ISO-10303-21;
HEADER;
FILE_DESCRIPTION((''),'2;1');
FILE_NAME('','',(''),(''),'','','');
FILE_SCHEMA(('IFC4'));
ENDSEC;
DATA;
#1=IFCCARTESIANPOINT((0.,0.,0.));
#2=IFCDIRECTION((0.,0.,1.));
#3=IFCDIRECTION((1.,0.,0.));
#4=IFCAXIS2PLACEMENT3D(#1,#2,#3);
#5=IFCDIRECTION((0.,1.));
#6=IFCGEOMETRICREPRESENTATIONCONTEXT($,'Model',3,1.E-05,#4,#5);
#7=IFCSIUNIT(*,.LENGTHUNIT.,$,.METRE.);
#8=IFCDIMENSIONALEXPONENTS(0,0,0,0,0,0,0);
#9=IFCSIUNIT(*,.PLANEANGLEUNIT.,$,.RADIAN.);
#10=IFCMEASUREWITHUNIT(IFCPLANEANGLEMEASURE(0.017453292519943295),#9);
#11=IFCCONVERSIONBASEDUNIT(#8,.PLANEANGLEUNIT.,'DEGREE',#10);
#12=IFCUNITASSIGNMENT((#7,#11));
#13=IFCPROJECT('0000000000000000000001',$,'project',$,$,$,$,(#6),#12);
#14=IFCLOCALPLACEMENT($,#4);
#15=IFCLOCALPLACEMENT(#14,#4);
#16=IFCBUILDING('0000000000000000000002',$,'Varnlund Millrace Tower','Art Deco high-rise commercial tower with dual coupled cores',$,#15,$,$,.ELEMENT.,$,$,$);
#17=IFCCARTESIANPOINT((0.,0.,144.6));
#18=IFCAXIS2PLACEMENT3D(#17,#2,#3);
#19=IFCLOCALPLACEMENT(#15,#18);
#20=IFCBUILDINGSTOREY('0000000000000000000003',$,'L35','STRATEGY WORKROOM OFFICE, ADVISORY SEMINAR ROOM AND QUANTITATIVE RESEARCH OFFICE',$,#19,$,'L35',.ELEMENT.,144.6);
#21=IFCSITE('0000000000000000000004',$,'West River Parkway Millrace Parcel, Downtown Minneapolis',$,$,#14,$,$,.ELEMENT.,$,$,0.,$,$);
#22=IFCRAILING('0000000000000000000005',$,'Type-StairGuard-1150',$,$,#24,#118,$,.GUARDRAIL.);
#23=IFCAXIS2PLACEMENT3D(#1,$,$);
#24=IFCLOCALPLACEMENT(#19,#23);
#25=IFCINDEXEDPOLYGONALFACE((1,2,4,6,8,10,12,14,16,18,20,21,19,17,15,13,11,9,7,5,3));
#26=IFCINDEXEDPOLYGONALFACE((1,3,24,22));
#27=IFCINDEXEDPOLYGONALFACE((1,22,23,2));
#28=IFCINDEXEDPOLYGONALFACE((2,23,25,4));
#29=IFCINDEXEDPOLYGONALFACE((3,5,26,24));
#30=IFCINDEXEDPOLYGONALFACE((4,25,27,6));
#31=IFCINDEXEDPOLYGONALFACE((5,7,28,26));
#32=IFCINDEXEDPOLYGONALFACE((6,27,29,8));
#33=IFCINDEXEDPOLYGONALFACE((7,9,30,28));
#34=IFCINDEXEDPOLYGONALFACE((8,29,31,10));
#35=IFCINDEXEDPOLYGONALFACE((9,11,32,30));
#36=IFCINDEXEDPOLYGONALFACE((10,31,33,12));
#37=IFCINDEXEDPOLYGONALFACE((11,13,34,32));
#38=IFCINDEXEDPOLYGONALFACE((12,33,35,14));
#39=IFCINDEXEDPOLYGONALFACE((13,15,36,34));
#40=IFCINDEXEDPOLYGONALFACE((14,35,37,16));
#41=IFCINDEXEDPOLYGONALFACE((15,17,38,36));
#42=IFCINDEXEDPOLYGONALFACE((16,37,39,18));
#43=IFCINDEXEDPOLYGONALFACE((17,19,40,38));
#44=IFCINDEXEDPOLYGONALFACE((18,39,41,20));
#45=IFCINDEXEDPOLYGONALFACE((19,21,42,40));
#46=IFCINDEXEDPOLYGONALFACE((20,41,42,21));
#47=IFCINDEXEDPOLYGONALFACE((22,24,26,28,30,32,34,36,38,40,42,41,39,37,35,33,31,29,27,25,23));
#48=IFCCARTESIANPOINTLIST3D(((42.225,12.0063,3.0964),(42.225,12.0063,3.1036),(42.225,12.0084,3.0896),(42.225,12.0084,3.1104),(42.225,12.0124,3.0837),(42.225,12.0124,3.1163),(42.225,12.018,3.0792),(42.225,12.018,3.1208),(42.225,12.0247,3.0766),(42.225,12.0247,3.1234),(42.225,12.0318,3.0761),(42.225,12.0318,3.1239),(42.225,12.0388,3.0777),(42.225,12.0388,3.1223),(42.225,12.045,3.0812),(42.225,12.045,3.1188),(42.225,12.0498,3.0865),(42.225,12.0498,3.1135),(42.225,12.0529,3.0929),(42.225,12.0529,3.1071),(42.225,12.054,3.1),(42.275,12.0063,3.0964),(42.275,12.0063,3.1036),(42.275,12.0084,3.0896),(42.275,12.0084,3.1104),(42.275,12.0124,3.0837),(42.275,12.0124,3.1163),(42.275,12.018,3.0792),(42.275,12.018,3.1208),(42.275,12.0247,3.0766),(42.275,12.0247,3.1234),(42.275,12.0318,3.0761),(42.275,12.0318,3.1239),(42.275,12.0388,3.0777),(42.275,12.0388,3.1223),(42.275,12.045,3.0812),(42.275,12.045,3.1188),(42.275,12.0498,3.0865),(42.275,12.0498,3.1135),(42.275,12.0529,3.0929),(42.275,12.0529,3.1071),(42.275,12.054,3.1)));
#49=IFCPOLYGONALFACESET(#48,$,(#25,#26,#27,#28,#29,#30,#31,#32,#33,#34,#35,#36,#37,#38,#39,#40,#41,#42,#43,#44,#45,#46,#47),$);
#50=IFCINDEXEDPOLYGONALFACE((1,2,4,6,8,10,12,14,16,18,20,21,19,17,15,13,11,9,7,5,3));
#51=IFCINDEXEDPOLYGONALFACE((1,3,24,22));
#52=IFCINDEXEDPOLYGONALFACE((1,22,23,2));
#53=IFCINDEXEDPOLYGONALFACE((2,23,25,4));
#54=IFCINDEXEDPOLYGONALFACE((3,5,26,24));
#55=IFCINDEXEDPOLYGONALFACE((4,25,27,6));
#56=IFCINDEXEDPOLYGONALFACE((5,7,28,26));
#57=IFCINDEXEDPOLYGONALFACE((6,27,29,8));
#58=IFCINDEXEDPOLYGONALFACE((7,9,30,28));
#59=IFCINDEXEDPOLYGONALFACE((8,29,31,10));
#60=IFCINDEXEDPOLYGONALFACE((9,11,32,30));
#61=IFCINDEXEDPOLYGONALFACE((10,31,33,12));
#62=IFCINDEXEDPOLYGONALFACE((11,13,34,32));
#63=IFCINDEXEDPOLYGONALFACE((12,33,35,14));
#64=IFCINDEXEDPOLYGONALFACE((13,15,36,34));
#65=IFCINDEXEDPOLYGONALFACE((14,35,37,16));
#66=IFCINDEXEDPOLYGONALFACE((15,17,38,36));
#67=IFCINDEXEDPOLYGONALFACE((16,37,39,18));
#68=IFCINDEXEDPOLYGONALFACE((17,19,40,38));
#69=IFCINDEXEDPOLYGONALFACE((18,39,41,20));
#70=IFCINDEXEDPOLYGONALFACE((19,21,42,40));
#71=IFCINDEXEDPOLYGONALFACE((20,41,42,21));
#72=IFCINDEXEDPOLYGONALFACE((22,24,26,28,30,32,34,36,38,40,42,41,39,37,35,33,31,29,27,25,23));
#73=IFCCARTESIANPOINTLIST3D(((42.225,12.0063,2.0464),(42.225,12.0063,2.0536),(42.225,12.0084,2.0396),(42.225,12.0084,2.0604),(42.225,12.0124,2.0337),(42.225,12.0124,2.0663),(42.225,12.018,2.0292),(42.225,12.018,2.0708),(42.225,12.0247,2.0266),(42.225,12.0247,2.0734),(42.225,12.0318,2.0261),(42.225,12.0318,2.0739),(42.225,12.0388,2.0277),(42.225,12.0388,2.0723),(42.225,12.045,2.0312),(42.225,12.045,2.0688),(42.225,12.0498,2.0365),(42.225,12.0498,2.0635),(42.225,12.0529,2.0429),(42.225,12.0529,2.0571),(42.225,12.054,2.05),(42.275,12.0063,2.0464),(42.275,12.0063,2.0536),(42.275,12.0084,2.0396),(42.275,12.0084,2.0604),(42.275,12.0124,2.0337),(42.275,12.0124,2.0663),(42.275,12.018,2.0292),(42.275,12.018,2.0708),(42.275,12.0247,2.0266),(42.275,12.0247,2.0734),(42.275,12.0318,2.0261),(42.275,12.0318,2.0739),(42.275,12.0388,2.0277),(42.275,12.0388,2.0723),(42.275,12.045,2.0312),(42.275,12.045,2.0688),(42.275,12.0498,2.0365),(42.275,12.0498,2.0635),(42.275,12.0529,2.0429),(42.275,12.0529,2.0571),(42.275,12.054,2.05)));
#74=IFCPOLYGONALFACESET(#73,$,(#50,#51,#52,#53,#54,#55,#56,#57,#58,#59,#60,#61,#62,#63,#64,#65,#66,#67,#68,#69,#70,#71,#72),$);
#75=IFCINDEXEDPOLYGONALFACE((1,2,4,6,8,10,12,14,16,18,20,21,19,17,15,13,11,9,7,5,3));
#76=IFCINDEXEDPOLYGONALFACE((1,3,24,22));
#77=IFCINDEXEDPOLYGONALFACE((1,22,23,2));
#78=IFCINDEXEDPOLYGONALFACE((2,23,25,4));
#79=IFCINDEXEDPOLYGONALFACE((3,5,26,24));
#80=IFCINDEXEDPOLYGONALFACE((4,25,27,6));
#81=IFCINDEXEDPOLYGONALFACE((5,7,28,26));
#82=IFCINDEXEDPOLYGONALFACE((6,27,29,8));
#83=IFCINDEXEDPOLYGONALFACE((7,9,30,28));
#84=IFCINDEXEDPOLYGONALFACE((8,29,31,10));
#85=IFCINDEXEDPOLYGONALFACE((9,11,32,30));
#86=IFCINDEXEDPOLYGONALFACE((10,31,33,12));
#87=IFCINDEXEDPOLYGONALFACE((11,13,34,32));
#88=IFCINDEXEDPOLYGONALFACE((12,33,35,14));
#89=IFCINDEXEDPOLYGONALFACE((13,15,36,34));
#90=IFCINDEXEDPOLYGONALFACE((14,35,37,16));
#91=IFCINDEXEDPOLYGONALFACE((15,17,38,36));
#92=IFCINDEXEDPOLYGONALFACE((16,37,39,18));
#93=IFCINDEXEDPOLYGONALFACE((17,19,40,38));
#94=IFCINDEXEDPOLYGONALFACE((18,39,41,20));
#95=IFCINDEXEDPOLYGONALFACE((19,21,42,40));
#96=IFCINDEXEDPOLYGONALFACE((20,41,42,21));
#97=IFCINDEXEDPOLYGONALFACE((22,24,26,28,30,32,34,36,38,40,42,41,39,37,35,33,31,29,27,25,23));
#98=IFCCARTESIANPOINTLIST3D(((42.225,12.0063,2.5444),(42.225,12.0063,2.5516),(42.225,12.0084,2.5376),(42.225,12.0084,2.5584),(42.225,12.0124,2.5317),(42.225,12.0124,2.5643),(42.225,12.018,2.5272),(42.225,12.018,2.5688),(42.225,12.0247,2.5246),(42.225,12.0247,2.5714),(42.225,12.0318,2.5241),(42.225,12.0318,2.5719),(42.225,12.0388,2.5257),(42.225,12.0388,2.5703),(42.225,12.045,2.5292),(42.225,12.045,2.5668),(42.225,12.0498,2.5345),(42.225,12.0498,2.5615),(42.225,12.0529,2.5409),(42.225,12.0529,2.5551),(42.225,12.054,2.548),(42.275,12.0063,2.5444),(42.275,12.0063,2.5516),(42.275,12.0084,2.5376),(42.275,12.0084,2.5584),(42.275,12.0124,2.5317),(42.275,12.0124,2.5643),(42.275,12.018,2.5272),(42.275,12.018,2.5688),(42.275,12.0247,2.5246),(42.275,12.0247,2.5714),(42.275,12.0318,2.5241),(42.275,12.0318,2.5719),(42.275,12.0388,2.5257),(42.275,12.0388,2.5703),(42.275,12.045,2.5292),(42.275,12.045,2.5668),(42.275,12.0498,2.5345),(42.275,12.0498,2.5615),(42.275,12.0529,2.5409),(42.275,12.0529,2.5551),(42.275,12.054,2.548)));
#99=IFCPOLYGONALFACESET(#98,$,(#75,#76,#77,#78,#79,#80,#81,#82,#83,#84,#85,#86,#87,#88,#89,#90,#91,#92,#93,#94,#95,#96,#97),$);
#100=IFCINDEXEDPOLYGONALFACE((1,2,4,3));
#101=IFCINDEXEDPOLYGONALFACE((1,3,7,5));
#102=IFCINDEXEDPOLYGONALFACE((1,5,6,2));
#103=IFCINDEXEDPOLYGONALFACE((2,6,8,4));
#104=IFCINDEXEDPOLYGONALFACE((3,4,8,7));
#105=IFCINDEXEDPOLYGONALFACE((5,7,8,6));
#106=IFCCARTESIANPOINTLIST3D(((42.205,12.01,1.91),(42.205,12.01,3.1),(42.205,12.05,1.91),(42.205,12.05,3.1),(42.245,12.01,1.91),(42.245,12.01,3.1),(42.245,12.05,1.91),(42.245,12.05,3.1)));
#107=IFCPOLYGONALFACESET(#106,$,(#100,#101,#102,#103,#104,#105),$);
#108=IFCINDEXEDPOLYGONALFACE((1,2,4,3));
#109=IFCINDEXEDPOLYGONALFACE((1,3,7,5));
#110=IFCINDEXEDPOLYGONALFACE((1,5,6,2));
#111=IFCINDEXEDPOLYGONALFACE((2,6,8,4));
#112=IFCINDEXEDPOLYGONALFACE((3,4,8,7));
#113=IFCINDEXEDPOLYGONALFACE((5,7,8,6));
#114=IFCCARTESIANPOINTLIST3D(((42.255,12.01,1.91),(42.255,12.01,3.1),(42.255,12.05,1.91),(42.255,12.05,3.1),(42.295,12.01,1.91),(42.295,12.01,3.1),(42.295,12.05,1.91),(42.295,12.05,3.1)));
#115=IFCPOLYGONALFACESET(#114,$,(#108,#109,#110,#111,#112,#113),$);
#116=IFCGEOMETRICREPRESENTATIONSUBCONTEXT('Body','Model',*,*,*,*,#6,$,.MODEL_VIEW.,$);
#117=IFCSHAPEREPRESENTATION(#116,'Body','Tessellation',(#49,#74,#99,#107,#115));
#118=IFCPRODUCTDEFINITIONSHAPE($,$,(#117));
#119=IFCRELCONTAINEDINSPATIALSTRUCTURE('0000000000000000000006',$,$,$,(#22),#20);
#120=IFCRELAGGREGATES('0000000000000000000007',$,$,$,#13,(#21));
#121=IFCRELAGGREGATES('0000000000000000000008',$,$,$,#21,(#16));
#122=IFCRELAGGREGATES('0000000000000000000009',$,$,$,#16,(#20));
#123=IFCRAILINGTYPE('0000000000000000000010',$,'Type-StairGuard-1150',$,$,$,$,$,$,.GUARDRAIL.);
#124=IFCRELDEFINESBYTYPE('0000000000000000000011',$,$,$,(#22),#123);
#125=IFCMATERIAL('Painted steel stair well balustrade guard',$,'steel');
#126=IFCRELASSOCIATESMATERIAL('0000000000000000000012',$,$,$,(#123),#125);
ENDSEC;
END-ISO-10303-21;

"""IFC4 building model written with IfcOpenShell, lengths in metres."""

from ifc_helpers import new_model, entity, si_unit, converted_unit, direction, frame, origin_with_axes, origin_2d_with_axis, place, context, subcontext, project, spatial, rectangle, circle, extrude, material, type_object, element, save


model = new_model("IFC4")

# Units and contexts
model_context = context("Model", 3, precision=1e-05, world=origin_with_axes(), true_north=direction((0.0, 1.0)))
body_context = subcontext(model_context, "Body", "Model", "MODEL_VIEW")
ifc_project = project(units=[si_unit("LENGTHUNIT", "METRE"), converted_unit("PLANEANGLEUNIT", "DEGREE", entity("IfcPlaneAngleMeasure", 0.017453292519943295), si_unit("PLANEANGLEUNIT", "RADIAN"), dimensions=[0, 0, 0, 0, 0, 0, 0])], contexts=[model_context])

# Site, building, storey
site_placement = place(None, origin_with_axes())
site = spatial("IfcSite", under=ifc_project, at=site_placement, Name="West River Parkway Millrace Parcel, Downtown Minneapolis", CompositionType="ELEMENT", RefElevation=0.0)
building_placement = place(site_placement, origin_with_axes())
building = spatial("IfcBuilding", under=site, at=building_placement, Name="Varnlund Millrace Tower", Description="Art Deco high-rise commercial tower with dual coupled cores", CompositionType="ELEMENT")
storey_placement = place(building_placement, frame((0.0, 0.0, 144.6), z_axis=(0.0, 0.0, 1.0), x_axis=(1.0, 0.0, 0.0)))
storey = spatial("IfcBuildingStorey", under=building, at=storey_placement, Name="L35", Description="STRATEGY WORKROOM OFFICE, ADVISORY SEMINAR ROOM AND QUANTITATIVE RESEARCH OFFICE", LongName="L35", CompositionType="ELEMENT", Elevation=144.6)

# Railing
ifc_material_1 = material(Name="Painted steel stair well balustrade guard", Category="steel")
railing_type_1 = type_object("IfcRailingType", Name="Type-StairGuard-1150", PredefinedType="GUARDRAIL", material=ifc_material_1)
railing_1_placement = place(storey_placement, frame((0.0, 0.0, -144.6), z_axis=(0.0, 0.0, 1.0), x_axis=(1.0, 0.0, 0.0)))
element("IfcRailing", 1, at=railing_1_placement, inside=storey, type_object=railing_type_1, Name="Type-StairGuard-1150", PredefinedType="GUARDRAIL", context=body_context, shape_type="SweptSolid", body=[
    extrude(circle(Radius=0.024, at=origin_2d_with_axis()), frame((42.225, 12.03, 147.7), z_axis=(1.0, 0.0, 0.0), x_axis=(0.0, 1.0, 0.0)), (0.0, 0.0, 1.0), 0.05),
    extrude(circle(Radius=0.024, at=origin_2d_with_axis()), frame((42.225, 12.03, 146.65), z_axis=(1.0, 0.0, 0.0), x_axis=(0.0, 1.0, 0.0)), (0.0, 0.0, 1.0), 0.05),
    extrude(circle(Radius=0.024, at=origin_2d_with_axis()), frame((42.225, 12.03, 147.148), z_axis=(1.0, 0.0, 0.0), x_axis=(0.0, 1.0, 0.0)), (0.0, 0.0, 1.0), 0.05),
    extrude(rectangle(XDim=0.04, YDim=0.04, at=origin_2d_with_axis()), frame((42.225, 12.03, 146.51), z_axis=(0.0, 0.0, 1.0), x_axis=(1.0, 0.0, 0.0)), (0.0, 0.0, 1.0), 1.19),
    extrude(rectangle(XDim=0.04, YDim=0.04, at=origin_2d_with_axis()), frame((42.275, 12.03, 146.51), z_axis=(0.0, 0.0, 1.0), x_axis=(1.0, 0.0, 0.0)), (0.0, 0.0, 1.0), 1.19),
])

save(model, "model.ifc")
